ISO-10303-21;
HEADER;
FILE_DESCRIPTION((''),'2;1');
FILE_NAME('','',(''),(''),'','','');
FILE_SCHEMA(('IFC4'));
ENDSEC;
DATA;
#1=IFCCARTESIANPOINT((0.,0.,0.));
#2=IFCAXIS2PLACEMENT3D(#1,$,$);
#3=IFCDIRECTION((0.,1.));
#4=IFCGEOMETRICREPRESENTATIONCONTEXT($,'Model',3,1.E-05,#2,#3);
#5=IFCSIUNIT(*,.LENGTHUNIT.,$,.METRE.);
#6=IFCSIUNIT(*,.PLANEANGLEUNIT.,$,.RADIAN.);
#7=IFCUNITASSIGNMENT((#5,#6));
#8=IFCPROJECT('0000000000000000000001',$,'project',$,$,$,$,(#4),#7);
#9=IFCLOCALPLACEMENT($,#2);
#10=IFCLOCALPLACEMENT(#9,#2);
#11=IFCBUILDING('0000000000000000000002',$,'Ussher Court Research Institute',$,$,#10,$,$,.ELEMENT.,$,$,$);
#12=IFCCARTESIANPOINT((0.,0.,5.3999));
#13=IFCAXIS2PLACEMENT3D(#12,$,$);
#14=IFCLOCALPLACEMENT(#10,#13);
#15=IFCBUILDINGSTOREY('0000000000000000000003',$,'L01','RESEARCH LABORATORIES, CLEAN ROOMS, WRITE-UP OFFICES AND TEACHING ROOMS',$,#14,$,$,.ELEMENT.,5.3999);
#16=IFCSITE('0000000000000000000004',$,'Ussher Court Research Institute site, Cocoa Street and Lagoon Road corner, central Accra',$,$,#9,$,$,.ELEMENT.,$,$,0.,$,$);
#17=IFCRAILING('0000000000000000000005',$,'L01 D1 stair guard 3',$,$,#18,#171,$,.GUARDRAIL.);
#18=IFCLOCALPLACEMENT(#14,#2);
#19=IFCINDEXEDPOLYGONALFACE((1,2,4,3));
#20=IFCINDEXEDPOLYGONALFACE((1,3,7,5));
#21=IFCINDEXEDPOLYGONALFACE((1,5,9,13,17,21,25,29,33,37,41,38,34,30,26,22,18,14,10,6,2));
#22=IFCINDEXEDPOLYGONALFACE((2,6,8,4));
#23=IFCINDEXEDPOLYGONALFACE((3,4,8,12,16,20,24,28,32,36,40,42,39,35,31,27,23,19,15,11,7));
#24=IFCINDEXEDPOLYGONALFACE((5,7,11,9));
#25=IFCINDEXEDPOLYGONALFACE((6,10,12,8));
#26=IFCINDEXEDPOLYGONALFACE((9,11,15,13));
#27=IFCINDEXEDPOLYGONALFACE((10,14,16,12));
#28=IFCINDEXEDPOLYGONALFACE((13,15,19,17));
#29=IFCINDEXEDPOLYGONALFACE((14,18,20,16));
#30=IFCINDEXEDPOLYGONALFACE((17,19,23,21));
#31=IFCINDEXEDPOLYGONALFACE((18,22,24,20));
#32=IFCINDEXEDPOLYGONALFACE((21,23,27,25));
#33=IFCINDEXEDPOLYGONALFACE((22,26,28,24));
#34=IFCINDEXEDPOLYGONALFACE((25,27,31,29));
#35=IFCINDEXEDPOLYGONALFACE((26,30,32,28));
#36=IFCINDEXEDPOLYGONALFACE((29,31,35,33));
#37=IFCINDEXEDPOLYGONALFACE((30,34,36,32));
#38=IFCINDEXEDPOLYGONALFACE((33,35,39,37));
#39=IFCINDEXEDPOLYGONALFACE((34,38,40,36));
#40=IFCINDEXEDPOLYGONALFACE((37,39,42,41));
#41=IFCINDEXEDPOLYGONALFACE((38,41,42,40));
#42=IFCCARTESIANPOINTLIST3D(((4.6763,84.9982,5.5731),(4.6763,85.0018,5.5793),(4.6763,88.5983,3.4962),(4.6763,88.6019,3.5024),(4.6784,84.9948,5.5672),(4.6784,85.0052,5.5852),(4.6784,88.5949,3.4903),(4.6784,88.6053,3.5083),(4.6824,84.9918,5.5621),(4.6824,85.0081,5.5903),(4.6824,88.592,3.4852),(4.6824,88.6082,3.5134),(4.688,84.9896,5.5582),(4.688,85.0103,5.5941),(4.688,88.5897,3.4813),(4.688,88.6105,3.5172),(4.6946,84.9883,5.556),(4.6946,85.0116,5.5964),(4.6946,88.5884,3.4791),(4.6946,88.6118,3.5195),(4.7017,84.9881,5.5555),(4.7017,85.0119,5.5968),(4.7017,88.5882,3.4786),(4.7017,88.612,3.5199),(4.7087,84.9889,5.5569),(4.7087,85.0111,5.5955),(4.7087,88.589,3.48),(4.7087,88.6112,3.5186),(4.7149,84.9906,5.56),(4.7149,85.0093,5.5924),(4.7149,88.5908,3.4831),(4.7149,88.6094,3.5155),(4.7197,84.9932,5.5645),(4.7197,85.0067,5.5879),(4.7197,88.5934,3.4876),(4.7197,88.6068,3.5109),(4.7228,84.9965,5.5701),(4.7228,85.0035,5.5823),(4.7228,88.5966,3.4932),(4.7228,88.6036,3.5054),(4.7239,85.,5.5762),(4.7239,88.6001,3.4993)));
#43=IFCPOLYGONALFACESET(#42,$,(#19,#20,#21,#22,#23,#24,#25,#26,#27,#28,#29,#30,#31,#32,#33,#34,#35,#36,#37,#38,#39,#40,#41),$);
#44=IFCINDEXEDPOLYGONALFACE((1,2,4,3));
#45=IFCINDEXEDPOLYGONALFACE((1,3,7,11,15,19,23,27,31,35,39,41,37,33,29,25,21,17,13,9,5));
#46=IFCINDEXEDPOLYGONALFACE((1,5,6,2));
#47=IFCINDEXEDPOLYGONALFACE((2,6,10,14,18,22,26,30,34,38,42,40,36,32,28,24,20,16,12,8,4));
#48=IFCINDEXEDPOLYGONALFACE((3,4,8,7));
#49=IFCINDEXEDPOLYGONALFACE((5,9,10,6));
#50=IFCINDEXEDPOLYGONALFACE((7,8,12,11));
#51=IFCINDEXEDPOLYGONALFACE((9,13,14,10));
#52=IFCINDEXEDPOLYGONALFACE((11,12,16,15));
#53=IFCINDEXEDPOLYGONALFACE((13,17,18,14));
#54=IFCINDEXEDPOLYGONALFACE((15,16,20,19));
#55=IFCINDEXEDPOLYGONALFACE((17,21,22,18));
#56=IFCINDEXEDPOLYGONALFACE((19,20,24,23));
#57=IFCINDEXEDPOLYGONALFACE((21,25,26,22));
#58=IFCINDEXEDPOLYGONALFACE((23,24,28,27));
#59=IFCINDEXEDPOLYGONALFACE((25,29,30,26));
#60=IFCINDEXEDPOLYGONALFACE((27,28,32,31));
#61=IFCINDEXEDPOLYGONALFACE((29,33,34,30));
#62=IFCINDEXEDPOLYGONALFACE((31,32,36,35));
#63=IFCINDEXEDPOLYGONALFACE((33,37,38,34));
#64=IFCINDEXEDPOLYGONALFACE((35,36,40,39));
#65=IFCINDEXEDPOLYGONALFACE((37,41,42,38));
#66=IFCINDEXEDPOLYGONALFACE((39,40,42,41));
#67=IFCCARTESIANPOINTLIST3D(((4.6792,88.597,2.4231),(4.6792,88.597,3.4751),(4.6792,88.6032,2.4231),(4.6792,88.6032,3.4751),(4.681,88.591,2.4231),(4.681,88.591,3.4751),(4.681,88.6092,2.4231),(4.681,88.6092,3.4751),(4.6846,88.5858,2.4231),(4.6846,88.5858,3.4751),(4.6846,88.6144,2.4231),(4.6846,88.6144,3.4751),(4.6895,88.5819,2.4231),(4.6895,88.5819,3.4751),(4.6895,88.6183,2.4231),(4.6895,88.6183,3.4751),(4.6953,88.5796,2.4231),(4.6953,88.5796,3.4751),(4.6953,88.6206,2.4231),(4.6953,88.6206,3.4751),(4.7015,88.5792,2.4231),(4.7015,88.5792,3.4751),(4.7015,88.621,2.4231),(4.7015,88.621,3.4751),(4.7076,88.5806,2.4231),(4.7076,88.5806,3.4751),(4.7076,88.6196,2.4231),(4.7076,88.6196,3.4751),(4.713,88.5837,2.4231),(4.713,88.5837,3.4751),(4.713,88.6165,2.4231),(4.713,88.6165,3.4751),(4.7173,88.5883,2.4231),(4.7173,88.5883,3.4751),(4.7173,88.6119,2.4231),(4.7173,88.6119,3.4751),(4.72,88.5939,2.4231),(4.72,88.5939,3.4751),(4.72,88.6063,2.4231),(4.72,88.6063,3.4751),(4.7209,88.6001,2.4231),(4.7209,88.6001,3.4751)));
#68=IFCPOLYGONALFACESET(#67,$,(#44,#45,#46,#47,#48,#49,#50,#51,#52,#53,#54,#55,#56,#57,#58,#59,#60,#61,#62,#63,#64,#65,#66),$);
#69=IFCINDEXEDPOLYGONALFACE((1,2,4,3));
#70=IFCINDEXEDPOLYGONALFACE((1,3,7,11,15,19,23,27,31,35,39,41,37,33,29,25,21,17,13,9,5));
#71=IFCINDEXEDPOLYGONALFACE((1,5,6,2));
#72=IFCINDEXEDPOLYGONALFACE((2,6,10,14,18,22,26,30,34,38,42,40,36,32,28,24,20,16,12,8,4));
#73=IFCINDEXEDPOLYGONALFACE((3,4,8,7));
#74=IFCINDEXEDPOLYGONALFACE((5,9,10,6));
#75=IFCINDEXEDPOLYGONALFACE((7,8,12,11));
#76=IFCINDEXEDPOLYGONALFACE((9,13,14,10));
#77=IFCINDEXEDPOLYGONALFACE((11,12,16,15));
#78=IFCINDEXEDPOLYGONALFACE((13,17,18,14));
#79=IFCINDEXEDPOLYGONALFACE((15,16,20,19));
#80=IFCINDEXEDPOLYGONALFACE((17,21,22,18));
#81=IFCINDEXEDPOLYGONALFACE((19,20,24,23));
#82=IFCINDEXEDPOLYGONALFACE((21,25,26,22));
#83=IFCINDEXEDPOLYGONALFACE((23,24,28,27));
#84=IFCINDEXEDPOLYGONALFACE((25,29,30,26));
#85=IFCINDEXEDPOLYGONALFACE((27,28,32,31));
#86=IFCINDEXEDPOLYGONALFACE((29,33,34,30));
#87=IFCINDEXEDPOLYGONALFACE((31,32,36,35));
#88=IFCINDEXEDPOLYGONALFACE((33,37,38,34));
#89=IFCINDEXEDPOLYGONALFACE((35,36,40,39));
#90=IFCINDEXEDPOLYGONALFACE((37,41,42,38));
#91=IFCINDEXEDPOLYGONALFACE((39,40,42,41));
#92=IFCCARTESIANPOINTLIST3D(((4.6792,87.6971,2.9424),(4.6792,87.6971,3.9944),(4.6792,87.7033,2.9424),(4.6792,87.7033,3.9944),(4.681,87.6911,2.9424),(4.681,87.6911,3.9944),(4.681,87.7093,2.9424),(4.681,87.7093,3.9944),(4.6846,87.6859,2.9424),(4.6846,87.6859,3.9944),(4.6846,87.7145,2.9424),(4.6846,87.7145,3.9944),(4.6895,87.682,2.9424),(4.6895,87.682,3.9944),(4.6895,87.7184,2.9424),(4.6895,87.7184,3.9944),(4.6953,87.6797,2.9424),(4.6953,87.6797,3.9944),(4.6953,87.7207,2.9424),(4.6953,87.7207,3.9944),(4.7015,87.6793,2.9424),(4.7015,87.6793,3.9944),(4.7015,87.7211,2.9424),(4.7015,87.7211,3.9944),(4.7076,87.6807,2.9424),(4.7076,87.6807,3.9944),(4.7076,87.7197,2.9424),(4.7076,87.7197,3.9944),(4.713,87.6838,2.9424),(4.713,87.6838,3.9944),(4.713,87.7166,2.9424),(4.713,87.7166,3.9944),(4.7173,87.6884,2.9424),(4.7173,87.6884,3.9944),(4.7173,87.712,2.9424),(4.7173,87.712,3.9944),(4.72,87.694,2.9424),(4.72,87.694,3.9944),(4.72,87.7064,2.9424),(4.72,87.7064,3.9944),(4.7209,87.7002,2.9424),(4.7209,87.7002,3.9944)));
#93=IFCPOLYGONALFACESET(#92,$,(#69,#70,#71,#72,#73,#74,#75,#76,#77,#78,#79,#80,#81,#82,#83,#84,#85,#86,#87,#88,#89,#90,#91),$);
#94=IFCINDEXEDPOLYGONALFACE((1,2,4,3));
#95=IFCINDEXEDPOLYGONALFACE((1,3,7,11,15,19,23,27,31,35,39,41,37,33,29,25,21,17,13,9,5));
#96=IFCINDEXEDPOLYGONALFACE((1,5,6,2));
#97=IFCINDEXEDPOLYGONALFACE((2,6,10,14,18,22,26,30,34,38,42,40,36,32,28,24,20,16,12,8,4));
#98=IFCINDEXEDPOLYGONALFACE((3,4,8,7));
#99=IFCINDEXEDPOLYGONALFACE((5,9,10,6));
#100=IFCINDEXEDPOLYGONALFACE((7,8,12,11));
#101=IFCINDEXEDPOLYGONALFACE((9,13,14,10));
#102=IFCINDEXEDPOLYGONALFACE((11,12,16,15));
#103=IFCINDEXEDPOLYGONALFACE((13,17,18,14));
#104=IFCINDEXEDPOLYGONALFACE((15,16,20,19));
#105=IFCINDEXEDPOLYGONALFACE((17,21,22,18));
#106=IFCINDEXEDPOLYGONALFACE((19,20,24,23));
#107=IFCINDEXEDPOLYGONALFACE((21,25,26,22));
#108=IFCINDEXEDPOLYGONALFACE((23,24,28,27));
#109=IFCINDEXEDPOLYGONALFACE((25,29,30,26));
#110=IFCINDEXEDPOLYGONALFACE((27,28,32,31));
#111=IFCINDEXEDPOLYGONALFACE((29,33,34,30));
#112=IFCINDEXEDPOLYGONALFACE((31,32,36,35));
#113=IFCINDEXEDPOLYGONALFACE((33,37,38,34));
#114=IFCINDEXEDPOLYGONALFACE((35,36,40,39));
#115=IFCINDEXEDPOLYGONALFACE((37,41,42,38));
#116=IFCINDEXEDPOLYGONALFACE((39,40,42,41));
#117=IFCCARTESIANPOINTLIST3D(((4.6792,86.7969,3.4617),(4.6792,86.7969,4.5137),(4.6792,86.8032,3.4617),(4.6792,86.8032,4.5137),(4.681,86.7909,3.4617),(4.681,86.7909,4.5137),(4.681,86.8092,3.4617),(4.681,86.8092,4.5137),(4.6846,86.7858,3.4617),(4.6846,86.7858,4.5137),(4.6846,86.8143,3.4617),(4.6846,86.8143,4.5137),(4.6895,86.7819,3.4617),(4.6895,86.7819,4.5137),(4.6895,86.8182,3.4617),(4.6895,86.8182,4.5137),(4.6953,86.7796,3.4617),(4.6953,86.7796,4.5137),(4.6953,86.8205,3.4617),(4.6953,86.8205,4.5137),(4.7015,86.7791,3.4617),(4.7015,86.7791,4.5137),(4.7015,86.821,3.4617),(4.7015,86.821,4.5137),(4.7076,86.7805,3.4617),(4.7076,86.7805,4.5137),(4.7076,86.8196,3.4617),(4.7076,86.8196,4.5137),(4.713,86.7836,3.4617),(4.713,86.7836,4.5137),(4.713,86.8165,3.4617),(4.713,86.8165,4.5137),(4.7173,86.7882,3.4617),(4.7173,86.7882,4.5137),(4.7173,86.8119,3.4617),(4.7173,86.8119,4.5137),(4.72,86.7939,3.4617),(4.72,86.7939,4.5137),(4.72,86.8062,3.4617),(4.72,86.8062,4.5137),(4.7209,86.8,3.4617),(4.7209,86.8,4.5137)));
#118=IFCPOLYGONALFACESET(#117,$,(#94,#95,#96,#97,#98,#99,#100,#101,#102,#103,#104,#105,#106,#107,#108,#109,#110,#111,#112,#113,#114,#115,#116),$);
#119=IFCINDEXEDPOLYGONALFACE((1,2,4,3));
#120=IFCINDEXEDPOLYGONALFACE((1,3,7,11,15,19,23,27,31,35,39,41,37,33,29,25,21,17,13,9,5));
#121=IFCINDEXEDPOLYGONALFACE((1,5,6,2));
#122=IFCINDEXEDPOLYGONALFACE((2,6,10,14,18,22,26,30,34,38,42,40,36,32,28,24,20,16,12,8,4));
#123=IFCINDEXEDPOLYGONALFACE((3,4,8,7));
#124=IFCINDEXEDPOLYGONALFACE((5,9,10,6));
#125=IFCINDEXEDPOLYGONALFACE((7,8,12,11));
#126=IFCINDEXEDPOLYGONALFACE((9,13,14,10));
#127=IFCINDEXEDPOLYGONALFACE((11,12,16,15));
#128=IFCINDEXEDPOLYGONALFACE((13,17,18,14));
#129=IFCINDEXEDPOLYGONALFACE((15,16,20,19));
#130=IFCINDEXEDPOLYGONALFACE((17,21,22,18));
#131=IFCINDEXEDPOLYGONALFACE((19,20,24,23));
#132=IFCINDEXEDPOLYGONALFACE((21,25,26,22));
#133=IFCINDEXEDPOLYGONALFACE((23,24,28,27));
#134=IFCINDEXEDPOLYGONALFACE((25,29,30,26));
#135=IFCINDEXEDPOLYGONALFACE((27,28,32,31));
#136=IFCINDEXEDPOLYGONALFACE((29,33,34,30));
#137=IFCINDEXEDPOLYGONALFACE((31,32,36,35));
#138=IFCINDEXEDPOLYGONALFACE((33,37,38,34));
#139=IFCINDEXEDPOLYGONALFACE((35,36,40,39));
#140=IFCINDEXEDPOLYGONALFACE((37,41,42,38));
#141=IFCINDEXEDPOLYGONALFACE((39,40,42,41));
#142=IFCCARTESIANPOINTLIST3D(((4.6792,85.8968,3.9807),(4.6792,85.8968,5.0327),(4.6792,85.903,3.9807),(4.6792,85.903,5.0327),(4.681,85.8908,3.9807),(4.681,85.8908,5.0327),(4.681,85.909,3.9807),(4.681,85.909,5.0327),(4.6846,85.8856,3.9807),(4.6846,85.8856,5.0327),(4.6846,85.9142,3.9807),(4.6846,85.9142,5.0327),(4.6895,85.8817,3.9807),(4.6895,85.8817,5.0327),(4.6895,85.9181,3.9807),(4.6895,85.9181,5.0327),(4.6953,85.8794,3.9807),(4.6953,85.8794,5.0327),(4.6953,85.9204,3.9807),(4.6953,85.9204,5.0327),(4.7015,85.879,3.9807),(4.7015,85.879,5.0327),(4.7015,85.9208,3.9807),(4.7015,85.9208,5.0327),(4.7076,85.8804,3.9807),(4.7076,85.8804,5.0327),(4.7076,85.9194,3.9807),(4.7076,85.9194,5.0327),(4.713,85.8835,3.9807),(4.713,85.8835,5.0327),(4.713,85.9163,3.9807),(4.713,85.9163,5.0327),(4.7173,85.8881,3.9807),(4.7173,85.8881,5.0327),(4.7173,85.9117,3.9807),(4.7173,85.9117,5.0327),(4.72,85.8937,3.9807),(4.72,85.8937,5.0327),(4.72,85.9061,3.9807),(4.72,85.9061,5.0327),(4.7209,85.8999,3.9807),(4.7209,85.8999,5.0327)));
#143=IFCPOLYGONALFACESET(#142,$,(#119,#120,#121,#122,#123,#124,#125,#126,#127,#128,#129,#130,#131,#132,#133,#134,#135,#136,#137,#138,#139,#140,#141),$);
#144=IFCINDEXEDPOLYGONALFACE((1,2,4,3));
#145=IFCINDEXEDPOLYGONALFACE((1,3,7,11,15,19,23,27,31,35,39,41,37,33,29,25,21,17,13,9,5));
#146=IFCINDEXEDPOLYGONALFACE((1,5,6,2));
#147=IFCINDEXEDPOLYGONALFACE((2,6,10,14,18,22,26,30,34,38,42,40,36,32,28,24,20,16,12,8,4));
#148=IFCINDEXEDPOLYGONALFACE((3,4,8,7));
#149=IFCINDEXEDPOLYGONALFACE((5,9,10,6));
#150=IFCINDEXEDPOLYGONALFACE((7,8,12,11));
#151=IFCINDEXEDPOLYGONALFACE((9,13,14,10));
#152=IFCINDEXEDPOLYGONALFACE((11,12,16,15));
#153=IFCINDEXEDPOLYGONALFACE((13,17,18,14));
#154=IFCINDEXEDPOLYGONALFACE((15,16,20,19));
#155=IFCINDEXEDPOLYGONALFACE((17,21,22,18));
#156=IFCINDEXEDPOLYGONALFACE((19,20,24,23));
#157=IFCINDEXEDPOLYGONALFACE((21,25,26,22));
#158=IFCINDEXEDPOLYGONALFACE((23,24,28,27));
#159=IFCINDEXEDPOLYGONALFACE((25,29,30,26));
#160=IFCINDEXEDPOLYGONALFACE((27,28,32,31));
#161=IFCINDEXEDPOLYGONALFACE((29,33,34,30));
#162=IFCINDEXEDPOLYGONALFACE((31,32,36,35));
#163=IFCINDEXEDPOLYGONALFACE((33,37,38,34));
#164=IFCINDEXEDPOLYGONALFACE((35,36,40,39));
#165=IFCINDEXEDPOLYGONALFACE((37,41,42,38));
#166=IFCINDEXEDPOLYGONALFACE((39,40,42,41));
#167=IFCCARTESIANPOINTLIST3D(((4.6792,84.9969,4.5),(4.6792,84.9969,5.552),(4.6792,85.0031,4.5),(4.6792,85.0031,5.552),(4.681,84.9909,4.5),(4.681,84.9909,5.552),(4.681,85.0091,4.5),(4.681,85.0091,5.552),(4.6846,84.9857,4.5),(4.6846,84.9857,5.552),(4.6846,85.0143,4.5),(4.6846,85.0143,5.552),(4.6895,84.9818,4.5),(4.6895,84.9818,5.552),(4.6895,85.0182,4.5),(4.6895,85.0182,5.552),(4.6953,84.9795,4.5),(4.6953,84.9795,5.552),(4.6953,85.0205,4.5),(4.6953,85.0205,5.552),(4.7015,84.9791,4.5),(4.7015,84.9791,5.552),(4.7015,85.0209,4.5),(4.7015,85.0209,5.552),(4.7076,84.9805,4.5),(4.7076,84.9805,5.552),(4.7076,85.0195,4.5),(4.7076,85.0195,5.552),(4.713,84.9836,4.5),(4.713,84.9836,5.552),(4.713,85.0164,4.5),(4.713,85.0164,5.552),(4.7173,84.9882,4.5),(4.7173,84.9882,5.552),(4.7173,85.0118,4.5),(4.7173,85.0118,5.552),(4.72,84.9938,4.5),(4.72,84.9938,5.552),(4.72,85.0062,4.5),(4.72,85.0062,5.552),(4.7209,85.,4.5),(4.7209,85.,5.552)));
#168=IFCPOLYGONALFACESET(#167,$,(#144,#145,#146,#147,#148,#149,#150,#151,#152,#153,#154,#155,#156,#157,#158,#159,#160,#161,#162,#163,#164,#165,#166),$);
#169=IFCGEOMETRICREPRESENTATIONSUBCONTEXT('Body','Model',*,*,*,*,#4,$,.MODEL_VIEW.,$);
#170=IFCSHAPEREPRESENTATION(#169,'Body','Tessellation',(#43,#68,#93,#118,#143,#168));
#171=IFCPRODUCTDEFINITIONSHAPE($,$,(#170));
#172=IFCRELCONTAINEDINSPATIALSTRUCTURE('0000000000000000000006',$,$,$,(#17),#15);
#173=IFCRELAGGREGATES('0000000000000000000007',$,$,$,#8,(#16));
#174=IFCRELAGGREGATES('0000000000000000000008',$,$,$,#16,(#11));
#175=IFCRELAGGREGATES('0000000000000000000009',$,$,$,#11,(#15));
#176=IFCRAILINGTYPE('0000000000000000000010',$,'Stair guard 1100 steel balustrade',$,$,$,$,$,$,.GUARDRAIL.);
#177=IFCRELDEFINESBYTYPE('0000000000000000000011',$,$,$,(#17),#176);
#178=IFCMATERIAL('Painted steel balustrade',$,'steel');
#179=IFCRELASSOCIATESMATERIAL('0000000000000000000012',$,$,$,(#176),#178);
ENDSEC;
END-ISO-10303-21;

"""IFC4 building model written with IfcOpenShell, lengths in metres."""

from ifc_helpers import new_model, si_unit, direction, frame, origin, origin_2d, place, context, subcontext, project, spatial, circle, extrude, material, type_object, element, save


model = new_model("IFC4")

# Units and contexts
model_context = context("Model", 3, precision=1e-05, world=origin(), true_north=direction((0.0, 1.0)))
body_context = subcontext(model_context, "Body", "Model", "MODEL_VIEW")
ifc_project = project(units=[si_unit("LENGTHUNIT", "METRE"), si_unit("PLANEANGLEUNIT", "RADIAN")], contexts=[model_context])

# Site, building, storey
site_placement = place(None, origin())
site = spatial("IfcSite", under=ifc_project, at=site_placement, Name="Ussher Court Research Institute site, Cocoa Street and Lagoon Road corner, central Accra", CompositionType="ELEMENT", RefElevation=0.0)
building_placement = place(site_placement, origin())
building = spatial("IfcBuilding", under=site, at=building_placement, Name="Ussher Court Research Institute", CompositionType="ELEMENT")
storey_placement = place(building_placement, frame((0.0, 0.0, 5.3999)))
storey = spatial("IfcBuildingStorey", under=building, at=storey_placement, Name="L01", Description="RESEARCH LABORATORIES, CLEAN ROOMS, WRITE-UP OFFICES AND TEACHING ROOMS", CompositionType="ELEMENT", Elevation=5.3999)

# Railing
ifc_material_1 = material(Name="Painted steel balustrade", Category="steel")
railing_type_1 = type_object("IfcRailingType", Name="Stair guard 1100 steel balustrade", PredefinedType="GUARDRAIL", material=ifc_material_1)
railing_1_placement = place(storey_placement, frame((4.7, 88.6001, 2.4231)))
element("IfcRailing", 1, at=railing_1_placement, inside=storey, type_object=railing_type_1, Name="L01 D1 stair guard 3", PredefinedType="GUARDRAIL", context=body_context, shape_type="SweptSolid", body=[
    extrude(circle(Radius=0.0239, at=origin_2d()), frame((0.0, 0.0, 1.0762), z_axis=(0.0, -0.866193, 0.499709), x_axis=(1.0, 0.0, 0.0)), (0.0, 0.0, 1.0), 4.1562),
    extrude(circle(Radius=0.021, at=origin_2d()), origin(), (0.0, 0.0, 1.0), 1.052),
    extrude(circle(Radius=0.021, at=origin_2d()), frame((0.0, -0.8999, 0.5193)), (0.0, 0.0, 1.0), 1.052),
    extrude(circle(Radius=0.021, at=origin_2d()), frame((0.0, -1.8, 1.0386)), (0.0, 0.0, 1.0), 1.052),
    extrude(circle(Radius=0.021, at=origin_2d()), frame((0.0, -2.7002, 1.5576)), (0.0, 0.0, 1.0), 1.052),
    extrude(circle(Radius=0.021, at=origin_2d()), frame((0.0, -3.6001, 2.0769)), (0.0, 0.0, 1.0), 1.052),
])

save(model, "model.ifc")
